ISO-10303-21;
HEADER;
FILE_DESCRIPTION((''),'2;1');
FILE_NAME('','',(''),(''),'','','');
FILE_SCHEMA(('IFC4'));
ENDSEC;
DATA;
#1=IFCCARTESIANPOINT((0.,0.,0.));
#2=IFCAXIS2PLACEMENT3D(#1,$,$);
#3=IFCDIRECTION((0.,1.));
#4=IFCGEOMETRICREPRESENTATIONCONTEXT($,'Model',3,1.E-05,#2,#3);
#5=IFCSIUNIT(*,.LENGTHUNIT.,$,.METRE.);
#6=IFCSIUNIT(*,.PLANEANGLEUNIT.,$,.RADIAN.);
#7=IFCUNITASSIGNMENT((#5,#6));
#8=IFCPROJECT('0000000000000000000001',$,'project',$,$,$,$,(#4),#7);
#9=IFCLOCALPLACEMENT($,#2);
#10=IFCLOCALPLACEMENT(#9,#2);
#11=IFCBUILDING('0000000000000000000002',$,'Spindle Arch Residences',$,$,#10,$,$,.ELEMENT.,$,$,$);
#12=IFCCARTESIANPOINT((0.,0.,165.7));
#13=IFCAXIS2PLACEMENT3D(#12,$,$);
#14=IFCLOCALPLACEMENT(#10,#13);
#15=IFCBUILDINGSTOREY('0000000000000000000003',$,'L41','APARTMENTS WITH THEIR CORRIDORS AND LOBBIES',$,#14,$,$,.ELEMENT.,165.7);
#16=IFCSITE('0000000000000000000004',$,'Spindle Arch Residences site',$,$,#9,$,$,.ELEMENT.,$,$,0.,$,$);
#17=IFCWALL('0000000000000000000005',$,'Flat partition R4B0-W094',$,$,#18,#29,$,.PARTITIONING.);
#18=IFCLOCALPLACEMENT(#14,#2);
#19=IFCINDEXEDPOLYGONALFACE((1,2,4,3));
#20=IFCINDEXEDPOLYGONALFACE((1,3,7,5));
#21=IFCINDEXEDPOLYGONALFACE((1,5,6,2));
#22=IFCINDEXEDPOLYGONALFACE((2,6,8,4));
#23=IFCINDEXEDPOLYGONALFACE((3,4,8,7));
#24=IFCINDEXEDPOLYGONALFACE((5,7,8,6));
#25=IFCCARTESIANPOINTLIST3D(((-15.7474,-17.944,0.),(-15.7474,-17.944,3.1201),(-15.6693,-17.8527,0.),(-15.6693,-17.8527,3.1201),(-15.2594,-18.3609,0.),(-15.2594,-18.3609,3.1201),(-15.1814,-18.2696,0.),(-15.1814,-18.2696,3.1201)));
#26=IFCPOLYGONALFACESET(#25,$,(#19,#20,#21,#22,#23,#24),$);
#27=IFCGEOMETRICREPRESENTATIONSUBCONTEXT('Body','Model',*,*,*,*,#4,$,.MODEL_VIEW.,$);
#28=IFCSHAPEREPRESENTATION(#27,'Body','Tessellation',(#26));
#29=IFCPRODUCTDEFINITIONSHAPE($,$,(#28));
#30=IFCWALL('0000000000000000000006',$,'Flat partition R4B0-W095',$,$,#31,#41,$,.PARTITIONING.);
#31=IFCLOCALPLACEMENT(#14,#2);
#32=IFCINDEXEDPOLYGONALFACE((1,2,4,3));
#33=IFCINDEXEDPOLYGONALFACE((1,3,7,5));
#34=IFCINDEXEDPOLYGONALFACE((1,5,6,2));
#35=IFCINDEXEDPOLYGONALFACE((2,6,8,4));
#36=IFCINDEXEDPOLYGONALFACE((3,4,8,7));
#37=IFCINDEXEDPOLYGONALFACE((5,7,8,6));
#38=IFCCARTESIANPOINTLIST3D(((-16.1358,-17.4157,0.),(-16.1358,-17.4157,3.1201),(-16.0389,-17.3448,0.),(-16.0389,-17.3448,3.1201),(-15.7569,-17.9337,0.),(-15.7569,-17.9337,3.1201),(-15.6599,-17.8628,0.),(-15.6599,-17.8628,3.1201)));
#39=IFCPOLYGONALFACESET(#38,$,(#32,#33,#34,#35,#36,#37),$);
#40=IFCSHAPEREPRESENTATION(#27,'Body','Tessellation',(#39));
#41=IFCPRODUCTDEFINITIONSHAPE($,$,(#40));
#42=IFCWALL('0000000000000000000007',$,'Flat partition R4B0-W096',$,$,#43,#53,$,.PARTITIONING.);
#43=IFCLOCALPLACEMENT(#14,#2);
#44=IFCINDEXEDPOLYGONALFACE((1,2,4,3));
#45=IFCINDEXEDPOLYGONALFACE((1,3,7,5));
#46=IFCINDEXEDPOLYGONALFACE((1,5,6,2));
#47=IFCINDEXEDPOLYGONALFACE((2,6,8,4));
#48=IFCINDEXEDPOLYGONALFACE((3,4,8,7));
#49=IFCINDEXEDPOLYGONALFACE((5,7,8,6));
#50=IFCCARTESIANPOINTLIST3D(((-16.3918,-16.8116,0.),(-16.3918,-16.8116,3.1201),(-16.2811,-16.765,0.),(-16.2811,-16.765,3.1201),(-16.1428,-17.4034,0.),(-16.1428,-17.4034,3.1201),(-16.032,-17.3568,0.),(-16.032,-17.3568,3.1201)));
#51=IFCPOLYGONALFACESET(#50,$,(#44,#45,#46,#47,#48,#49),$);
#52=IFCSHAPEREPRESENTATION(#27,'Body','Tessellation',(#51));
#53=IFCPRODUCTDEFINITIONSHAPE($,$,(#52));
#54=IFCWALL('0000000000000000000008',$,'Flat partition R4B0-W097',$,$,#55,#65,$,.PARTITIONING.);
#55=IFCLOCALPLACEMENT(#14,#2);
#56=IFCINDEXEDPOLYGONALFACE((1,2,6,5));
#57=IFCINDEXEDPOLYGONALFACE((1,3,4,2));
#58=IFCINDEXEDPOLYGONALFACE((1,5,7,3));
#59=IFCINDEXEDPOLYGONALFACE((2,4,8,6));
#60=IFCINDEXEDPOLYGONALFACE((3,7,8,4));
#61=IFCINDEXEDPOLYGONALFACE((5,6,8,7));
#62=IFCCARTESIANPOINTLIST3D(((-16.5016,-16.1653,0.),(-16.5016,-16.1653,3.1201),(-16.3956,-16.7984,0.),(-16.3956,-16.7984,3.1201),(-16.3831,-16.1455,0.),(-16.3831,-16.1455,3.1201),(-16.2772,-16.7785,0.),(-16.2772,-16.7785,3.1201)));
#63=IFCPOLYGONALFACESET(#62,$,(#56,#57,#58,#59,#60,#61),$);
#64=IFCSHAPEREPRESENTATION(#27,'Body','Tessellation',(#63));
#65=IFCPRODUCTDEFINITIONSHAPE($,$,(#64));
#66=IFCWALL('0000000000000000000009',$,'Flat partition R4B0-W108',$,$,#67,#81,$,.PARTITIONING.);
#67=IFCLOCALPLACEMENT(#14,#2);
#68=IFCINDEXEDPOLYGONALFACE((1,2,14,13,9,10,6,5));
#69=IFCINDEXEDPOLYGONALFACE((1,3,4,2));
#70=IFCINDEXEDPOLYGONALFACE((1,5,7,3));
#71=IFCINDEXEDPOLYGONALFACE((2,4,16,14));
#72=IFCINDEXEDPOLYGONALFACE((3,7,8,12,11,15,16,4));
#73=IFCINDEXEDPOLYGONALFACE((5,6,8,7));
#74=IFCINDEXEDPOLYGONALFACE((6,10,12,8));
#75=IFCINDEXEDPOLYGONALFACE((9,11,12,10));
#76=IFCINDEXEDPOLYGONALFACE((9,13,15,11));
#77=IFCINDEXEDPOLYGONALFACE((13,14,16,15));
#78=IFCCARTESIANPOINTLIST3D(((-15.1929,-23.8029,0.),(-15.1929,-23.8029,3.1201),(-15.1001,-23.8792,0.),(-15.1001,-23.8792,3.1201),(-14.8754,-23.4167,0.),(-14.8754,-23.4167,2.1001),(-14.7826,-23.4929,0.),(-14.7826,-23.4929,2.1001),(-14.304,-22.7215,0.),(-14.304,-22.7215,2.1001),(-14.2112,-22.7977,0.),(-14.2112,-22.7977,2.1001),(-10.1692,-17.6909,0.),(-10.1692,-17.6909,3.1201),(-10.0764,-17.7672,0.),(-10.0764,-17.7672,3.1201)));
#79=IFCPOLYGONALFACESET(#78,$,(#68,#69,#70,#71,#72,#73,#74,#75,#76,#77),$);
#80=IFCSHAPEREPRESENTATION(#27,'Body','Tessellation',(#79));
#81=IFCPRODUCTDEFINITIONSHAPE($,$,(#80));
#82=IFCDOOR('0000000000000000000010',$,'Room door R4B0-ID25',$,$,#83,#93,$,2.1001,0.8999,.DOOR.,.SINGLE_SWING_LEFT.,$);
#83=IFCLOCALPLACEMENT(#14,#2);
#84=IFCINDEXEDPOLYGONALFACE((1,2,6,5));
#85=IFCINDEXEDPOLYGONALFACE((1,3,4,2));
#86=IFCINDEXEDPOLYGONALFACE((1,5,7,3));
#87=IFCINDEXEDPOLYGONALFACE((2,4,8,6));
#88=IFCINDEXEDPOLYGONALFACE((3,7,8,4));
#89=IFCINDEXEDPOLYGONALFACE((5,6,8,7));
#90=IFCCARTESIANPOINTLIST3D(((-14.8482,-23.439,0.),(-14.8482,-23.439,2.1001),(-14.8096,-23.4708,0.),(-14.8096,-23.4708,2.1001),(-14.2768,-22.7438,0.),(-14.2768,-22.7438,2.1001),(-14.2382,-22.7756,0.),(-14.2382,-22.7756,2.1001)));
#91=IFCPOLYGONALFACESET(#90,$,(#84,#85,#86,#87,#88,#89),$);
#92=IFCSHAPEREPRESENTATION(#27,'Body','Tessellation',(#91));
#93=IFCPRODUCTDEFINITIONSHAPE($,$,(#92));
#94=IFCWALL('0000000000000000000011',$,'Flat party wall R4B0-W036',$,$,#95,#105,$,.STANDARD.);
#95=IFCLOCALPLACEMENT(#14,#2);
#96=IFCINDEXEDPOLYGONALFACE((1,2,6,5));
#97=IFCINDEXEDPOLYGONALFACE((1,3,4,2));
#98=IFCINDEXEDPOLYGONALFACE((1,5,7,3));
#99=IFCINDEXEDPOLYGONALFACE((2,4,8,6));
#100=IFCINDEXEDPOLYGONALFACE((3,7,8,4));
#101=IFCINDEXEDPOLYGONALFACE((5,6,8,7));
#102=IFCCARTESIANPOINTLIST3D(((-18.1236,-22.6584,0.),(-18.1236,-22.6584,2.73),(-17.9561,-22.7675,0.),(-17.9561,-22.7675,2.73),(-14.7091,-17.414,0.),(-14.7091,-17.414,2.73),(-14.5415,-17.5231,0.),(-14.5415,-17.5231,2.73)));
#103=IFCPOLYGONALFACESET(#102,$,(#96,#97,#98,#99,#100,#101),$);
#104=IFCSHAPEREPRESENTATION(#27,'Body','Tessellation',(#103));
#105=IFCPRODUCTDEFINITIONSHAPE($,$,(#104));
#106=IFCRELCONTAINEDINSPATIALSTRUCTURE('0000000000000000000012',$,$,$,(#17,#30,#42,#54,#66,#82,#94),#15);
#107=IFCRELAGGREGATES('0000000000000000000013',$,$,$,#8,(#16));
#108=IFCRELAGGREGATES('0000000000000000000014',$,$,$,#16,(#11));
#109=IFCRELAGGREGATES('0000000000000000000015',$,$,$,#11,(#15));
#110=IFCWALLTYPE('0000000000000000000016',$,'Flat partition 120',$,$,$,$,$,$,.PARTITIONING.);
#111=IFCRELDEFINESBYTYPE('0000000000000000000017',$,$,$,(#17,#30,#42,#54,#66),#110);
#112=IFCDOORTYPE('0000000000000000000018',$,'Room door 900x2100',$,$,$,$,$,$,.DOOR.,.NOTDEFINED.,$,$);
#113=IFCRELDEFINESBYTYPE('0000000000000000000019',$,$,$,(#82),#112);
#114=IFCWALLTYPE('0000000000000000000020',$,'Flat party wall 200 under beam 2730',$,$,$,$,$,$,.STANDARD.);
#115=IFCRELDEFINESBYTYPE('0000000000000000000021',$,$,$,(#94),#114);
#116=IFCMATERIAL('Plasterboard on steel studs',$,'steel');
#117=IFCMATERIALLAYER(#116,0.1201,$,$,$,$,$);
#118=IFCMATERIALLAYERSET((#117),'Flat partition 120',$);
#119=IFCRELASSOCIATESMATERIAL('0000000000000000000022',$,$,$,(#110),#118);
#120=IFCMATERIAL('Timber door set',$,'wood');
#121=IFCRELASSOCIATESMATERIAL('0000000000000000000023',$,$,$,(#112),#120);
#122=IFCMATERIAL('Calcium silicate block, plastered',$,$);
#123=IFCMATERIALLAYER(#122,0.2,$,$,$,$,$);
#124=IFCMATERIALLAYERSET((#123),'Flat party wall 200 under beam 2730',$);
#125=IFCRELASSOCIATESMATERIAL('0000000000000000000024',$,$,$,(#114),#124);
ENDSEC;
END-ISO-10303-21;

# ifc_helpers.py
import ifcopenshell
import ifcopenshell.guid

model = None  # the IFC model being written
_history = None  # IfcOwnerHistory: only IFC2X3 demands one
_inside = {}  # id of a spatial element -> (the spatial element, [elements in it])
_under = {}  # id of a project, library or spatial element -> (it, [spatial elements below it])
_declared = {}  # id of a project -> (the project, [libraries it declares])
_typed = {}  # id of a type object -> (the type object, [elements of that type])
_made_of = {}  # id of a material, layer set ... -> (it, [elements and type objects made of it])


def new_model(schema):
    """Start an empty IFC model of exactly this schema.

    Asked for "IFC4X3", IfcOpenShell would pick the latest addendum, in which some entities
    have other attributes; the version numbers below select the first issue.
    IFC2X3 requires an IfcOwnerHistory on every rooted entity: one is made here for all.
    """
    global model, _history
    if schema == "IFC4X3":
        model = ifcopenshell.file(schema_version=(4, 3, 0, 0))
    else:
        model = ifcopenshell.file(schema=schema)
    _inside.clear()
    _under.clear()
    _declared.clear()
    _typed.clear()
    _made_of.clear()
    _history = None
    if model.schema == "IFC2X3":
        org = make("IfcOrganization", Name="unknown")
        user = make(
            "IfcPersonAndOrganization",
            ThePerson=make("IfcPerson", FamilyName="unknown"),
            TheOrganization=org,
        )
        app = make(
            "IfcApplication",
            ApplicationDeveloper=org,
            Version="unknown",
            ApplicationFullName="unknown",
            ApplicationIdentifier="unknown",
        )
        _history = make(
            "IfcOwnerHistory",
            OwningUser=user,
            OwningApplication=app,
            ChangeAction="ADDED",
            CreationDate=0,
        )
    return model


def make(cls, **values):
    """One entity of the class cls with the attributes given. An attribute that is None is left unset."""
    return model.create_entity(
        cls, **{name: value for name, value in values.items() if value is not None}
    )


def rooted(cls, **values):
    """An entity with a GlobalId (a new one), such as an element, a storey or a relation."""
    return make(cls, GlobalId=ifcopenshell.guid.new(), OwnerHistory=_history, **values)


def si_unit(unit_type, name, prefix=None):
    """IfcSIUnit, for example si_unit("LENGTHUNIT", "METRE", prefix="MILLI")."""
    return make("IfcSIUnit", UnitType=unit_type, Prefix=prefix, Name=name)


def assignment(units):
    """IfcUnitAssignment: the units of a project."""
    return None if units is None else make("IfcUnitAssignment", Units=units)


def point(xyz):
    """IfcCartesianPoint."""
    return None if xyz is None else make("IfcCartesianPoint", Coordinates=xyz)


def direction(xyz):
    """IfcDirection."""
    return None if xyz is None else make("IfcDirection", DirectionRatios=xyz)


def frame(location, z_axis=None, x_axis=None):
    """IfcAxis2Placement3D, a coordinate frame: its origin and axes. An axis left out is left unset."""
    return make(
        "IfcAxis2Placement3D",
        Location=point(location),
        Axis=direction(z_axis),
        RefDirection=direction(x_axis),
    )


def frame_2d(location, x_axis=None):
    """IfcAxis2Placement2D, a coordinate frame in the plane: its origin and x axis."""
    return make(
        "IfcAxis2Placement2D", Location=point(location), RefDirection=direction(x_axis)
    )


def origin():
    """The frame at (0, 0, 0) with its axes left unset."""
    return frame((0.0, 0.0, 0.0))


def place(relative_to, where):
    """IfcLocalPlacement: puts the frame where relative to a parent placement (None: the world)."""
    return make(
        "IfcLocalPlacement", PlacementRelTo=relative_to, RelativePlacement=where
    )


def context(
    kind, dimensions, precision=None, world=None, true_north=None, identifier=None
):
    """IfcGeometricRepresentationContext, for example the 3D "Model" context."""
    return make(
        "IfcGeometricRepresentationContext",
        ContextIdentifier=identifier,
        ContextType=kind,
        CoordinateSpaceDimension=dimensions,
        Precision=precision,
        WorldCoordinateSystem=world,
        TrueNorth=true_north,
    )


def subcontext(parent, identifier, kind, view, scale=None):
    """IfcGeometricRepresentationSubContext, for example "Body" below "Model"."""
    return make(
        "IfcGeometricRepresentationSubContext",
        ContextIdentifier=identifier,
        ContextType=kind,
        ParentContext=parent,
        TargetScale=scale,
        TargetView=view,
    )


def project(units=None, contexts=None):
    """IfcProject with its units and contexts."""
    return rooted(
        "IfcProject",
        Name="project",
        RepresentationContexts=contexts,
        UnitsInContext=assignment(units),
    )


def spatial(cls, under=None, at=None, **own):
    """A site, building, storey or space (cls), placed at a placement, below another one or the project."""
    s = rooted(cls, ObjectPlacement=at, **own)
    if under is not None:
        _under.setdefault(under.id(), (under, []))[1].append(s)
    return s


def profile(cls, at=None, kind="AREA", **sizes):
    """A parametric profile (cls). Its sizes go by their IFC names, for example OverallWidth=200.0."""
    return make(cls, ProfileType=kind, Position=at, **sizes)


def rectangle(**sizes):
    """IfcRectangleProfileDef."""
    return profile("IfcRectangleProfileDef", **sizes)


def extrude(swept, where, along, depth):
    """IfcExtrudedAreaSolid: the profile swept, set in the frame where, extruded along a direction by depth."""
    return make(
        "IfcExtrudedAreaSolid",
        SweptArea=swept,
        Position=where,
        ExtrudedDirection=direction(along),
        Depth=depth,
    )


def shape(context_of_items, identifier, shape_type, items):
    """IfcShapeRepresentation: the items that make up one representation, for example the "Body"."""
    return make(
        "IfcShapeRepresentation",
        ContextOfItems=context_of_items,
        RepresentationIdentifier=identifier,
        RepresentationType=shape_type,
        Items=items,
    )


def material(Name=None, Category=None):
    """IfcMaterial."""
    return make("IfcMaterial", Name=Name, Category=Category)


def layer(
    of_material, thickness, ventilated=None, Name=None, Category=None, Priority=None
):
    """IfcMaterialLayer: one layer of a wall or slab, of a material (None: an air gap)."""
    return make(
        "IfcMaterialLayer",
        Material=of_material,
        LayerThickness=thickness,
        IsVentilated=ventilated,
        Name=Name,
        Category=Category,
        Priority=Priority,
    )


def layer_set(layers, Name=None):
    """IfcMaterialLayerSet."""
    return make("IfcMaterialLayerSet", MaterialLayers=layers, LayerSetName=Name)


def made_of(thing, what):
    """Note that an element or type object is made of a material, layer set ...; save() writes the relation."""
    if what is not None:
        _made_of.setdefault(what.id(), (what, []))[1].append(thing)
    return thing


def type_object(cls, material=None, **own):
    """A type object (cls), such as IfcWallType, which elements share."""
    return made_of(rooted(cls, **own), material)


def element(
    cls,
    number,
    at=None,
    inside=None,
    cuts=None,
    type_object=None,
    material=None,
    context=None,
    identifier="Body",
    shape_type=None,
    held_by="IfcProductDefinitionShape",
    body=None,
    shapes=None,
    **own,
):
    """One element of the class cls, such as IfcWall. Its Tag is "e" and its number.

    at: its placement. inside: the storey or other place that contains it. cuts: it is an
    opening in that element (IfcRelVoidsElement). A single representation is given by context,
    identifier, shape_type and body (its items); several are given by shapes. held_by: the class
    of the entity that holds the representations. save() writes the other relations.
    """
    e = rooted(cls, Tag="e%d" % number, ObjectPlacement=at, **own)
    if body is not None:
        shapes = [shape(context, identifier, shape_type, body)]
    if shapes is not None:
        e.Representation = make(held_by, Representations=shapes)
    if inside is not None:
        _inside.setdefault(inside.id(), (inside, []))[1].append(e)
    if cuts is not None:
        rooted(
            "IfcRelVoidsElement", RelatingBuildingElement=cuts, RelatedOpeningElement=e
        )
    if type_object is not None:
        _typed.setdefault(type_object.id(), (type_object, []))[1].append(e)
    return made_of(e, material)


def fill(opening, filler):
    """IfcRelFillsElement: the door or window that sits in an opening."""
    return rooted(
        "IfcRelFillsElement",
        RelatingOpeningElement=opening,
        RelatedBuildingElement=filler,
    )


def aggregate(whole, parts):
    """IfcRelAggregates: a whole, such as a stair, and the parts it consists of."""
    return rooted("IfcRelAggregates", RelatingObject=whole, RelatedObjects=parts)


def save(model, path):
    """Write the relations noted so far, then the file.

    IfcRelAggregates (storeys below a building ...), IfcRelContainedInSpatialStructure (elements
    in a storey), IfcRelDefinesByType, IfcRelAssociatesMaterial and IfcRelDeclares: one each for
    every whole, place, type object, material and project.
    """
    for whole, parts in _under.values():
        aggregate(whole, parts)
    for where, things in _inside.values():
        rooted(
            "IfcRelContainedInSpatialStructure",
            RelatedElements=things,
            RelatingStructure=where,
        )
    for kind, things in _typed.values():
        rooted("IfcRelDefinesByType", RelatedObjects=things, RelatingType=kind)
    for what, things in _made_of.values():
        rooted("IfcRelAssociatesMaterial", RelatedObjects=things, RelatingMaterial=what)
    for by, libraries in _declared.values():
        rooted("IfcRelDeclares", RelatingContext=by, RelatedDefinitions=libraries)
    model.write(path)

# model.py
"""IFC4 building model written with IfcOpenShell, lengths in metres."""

from ifc_helpers import new_model, si_unit, direction, frame, frame_2d, origin, place, context, subcontext, project, spatial, rectangle, extrude, material, layer, layer_set, type_object, element, fill, save


model = new_model("IFC4")

# Units and contexts
model_context = context("Model", 3, precision=1e-05, world=origin(), true_north=direction((0.0, 1.0)))
body_context = subcontext(model_context, "Body", "Model", "MODEL_VIEW")
ifc_project = project(units=[si_unit("LENGTHUNIT", "METRE"), si_unit("PLANEANGLEUNIT", "RADIAN")], contexts=[model_context])

# Site, building, storey
site_placement = place(None, origin())
site = spatial("IfcSite", under=ifc_project, at=site_placement, Name="Spindle Arch Residences site", CompositionType="ELEMENT", RefElevation=0.0)
building_placement = place(site_placement, origin())
building = spatial("IfcBuilding", under=site, at=building_placement, Name="Spindle Arch Residences", CompositionType="ELEMENT")
storey_placement = place(building_placement, frame((0.0, 0.0, 165.7)))
storey = spatial("IfcBuildingStorey", under=building, at=storey_placement, Name="L41", Description="APARTMENTS WITH THEIR CORRIDORS AND LOBBIES", CompositionType="ELEMENT", Elevation=165.7)

# Shared definitions
ifc_material_1 = material(Name="Plasterboard on steel studs", Category="steel")
ifc_layer_1 = layer(ifc_material_1, 0.1201)
ifc_layer_set_1 = layer_set([ifc_layer_1], Name="Flat partition 120")
wall_type_1 = type_object("IfcWallType", Name="Flat partition 120", PredefinedType="PARTITIONING", material=ifc_layer_set_1)
ifc_material_2 = material(Name="Timber door set", Category="wood")
door_type = type_object("IfcDoorType", Name="Room door 900x2100", OperationType="NOTDEFINED", PredefinedType="DOOR", material=ifc_material_2)

# Walls
for number, where, z_axis, x_axis, name in (
    (1, (-15.2205, -18.3152, 0.0), (0.0, 0.0, 1.0), (-0.760276, 0.6496, 0.0), "Flat partition R4B0-W094"),
    (2, (-15.7085, -17.8982, 0.0), (0.0, 0.0, 1.0), (-0.590341, 0.807154, 0.0), "Flat partition R4B0-W095"),
):
    element("IfcWall", number, at=place(storey_placement, frame(where, z_axis=z_axis, x_axis=x_axis)), inside=storey, type_object=wall_type_1, Name=name, PredefinedType="PARTITIONING", context=body_context, shape_type="SweptSolid", body=[
        extrude(rectangle(XDim=0.6418, YDim=0.1201, at=frame_2d((0.3208, 0.0))), origin(), (0.0, 0.0, 1.0), 3.1201),
    ])
wall_1_placement = place(storey_placement, frame((-16.0874, -17.3801, 0.0), z_axis=(0.0, 0.0, 1.0), x_axis=(-0.387853, 0.921721, 0.0)))
element("IfcWall", 3, at=wall_1_placement, inside=storey, type_object=wall_type_1, Name="Flat partition R4B0-W096", PredefinedType="PARTITIONING", context=body_context, shape_type="SweptSolid", body=[
    extrude(rectangle(XDim=0.6421, YDim=0.1201, at=frame_2d((0.321, 0.0))), origin(), (0.0, 0.0, 1.0), 3.1201),
])
wall_2_placement = place(storey_placement, frame((-16.3364, -16.7883, 0.0), z_axis=(0.0, 0.0, 1.0), x_axis=(-0.165077, 0.986281, 0.0)))
element("IfcWall", 4, at=wall_2_placement, inside=storey, type_object=wall_type_1, Name="Flat partition R4B0-W097", PredefinedType="PARTITIONING", context=body_context, shape_type="SweptSolid", body=[
    extrude(rectangle(XDim=0.6418, YDim=0.1201, at=frame_2d((0.3208, 0.0))), origin(), (0.0, 0.0, 1.0), 3.1201),
])

# Wall, opening, door
wall_3_placement = place(storey_placement, frame((-15.1465, -23.8411, 0.0), z_axis=(0.0, 0.0, 1.0), x_axis=(0.63497, 0.772536, 0.0)))
wall_3 = element("IfcWall", 5, at=wall_3_placement, inside=storey, type_object=wall_type_1, Name="Flat partition R4B0-W108", PredefinedType="PARTITIONING", context=body_context, shape_type="SweptSolid", body=[
    extrude(rectangle(XDim=7.9116, YDim=0.1201, at=frame_2d((3.9558, 0.0))), origin(), (0.0, 0.0, 1.0), 3.1201),
])
opening_1_placement = place(wall_3_placement, frame((0.5, 0.0, 0.0)))
opening_1 = element("IfcOpeningElement", 6, at=opening_1_placement, cuts=wall_3, PredefinedType="OPENING", context=body_context, shape_type="SweptSolid", body=[
    extrude(rectangle(XDim=0.8999, YDim=2.1001, at=frame_2d((0.45, 1.05))), frame((0.0, 0.0701, 0.0), z_axis=(0.0, -1.0, 0.0), x_axis=(1.0, 0.0, 0.0)), (0.0, 0.0, 1.0), 0.1401),
])
door_1_placement = place(opening_1_placement, origin())
door_1 = element("IfcDoor", 7, at=door_1_placement, inside=storey, type_object=door_type, Name="Room door R4B0-ID25", OperationType="SINGLE_SWING_LEFT", OverallHeight=2.1001, OverallWidth=0.8999, PredefinedType="DOOR", context=body_context, shape_type="SweptSolid", body=[
    extrude(rectangle(XDim=0.8999, YDim=2.1001, at=frame_2d((0.45, 1.05))), frame((0.0, 0.0249, 0.0), z_axis=(0.0, -1.0, 0.0), x_axis=(1.0, 0.0, 0.0)), (0.0, 0.0, 1.0), 0.05),
])
fill(opening_1, door_1)

# Wall
ifc_material_3 = material(Name="Calcium silicate block, plastered")
ifc_layer_2 = layer(ifc_material_3, 0.2)
ifc_layer_set_2 = layer_set([ifc_layer_2], Name="Flat party wall 200 under beam 2730")
wall_type_2 = type_object("IfcWallType", Name="Flat party wall 200 under beam 2730", PredefinedType="STANDARD", material=ifc_layer_set_2)
wall_4_placement = place(storey_placement, frame((-18.0398, -22.7129, 0.0), z_axis=(0.0, 0.0, 1.0), x_axis=(0.545629, 0.838027, 0.0)))
element("IfcWall", 8, at=wall_4_placement, inside=storey, type_object=wall_type_2, Name="Flat party wall R4B0-W036", PredefinedType="STANDARD", context=body_context, shape_type="SweptSolid", body=[
    extrude(rectangle(XDim=6.2581, YDim=0.2, at=frame_2d((3.1289, 0.0))), origin(), (0.0, 0.0, 1.0), 2.73),
])

save(model, "model.ifc")
